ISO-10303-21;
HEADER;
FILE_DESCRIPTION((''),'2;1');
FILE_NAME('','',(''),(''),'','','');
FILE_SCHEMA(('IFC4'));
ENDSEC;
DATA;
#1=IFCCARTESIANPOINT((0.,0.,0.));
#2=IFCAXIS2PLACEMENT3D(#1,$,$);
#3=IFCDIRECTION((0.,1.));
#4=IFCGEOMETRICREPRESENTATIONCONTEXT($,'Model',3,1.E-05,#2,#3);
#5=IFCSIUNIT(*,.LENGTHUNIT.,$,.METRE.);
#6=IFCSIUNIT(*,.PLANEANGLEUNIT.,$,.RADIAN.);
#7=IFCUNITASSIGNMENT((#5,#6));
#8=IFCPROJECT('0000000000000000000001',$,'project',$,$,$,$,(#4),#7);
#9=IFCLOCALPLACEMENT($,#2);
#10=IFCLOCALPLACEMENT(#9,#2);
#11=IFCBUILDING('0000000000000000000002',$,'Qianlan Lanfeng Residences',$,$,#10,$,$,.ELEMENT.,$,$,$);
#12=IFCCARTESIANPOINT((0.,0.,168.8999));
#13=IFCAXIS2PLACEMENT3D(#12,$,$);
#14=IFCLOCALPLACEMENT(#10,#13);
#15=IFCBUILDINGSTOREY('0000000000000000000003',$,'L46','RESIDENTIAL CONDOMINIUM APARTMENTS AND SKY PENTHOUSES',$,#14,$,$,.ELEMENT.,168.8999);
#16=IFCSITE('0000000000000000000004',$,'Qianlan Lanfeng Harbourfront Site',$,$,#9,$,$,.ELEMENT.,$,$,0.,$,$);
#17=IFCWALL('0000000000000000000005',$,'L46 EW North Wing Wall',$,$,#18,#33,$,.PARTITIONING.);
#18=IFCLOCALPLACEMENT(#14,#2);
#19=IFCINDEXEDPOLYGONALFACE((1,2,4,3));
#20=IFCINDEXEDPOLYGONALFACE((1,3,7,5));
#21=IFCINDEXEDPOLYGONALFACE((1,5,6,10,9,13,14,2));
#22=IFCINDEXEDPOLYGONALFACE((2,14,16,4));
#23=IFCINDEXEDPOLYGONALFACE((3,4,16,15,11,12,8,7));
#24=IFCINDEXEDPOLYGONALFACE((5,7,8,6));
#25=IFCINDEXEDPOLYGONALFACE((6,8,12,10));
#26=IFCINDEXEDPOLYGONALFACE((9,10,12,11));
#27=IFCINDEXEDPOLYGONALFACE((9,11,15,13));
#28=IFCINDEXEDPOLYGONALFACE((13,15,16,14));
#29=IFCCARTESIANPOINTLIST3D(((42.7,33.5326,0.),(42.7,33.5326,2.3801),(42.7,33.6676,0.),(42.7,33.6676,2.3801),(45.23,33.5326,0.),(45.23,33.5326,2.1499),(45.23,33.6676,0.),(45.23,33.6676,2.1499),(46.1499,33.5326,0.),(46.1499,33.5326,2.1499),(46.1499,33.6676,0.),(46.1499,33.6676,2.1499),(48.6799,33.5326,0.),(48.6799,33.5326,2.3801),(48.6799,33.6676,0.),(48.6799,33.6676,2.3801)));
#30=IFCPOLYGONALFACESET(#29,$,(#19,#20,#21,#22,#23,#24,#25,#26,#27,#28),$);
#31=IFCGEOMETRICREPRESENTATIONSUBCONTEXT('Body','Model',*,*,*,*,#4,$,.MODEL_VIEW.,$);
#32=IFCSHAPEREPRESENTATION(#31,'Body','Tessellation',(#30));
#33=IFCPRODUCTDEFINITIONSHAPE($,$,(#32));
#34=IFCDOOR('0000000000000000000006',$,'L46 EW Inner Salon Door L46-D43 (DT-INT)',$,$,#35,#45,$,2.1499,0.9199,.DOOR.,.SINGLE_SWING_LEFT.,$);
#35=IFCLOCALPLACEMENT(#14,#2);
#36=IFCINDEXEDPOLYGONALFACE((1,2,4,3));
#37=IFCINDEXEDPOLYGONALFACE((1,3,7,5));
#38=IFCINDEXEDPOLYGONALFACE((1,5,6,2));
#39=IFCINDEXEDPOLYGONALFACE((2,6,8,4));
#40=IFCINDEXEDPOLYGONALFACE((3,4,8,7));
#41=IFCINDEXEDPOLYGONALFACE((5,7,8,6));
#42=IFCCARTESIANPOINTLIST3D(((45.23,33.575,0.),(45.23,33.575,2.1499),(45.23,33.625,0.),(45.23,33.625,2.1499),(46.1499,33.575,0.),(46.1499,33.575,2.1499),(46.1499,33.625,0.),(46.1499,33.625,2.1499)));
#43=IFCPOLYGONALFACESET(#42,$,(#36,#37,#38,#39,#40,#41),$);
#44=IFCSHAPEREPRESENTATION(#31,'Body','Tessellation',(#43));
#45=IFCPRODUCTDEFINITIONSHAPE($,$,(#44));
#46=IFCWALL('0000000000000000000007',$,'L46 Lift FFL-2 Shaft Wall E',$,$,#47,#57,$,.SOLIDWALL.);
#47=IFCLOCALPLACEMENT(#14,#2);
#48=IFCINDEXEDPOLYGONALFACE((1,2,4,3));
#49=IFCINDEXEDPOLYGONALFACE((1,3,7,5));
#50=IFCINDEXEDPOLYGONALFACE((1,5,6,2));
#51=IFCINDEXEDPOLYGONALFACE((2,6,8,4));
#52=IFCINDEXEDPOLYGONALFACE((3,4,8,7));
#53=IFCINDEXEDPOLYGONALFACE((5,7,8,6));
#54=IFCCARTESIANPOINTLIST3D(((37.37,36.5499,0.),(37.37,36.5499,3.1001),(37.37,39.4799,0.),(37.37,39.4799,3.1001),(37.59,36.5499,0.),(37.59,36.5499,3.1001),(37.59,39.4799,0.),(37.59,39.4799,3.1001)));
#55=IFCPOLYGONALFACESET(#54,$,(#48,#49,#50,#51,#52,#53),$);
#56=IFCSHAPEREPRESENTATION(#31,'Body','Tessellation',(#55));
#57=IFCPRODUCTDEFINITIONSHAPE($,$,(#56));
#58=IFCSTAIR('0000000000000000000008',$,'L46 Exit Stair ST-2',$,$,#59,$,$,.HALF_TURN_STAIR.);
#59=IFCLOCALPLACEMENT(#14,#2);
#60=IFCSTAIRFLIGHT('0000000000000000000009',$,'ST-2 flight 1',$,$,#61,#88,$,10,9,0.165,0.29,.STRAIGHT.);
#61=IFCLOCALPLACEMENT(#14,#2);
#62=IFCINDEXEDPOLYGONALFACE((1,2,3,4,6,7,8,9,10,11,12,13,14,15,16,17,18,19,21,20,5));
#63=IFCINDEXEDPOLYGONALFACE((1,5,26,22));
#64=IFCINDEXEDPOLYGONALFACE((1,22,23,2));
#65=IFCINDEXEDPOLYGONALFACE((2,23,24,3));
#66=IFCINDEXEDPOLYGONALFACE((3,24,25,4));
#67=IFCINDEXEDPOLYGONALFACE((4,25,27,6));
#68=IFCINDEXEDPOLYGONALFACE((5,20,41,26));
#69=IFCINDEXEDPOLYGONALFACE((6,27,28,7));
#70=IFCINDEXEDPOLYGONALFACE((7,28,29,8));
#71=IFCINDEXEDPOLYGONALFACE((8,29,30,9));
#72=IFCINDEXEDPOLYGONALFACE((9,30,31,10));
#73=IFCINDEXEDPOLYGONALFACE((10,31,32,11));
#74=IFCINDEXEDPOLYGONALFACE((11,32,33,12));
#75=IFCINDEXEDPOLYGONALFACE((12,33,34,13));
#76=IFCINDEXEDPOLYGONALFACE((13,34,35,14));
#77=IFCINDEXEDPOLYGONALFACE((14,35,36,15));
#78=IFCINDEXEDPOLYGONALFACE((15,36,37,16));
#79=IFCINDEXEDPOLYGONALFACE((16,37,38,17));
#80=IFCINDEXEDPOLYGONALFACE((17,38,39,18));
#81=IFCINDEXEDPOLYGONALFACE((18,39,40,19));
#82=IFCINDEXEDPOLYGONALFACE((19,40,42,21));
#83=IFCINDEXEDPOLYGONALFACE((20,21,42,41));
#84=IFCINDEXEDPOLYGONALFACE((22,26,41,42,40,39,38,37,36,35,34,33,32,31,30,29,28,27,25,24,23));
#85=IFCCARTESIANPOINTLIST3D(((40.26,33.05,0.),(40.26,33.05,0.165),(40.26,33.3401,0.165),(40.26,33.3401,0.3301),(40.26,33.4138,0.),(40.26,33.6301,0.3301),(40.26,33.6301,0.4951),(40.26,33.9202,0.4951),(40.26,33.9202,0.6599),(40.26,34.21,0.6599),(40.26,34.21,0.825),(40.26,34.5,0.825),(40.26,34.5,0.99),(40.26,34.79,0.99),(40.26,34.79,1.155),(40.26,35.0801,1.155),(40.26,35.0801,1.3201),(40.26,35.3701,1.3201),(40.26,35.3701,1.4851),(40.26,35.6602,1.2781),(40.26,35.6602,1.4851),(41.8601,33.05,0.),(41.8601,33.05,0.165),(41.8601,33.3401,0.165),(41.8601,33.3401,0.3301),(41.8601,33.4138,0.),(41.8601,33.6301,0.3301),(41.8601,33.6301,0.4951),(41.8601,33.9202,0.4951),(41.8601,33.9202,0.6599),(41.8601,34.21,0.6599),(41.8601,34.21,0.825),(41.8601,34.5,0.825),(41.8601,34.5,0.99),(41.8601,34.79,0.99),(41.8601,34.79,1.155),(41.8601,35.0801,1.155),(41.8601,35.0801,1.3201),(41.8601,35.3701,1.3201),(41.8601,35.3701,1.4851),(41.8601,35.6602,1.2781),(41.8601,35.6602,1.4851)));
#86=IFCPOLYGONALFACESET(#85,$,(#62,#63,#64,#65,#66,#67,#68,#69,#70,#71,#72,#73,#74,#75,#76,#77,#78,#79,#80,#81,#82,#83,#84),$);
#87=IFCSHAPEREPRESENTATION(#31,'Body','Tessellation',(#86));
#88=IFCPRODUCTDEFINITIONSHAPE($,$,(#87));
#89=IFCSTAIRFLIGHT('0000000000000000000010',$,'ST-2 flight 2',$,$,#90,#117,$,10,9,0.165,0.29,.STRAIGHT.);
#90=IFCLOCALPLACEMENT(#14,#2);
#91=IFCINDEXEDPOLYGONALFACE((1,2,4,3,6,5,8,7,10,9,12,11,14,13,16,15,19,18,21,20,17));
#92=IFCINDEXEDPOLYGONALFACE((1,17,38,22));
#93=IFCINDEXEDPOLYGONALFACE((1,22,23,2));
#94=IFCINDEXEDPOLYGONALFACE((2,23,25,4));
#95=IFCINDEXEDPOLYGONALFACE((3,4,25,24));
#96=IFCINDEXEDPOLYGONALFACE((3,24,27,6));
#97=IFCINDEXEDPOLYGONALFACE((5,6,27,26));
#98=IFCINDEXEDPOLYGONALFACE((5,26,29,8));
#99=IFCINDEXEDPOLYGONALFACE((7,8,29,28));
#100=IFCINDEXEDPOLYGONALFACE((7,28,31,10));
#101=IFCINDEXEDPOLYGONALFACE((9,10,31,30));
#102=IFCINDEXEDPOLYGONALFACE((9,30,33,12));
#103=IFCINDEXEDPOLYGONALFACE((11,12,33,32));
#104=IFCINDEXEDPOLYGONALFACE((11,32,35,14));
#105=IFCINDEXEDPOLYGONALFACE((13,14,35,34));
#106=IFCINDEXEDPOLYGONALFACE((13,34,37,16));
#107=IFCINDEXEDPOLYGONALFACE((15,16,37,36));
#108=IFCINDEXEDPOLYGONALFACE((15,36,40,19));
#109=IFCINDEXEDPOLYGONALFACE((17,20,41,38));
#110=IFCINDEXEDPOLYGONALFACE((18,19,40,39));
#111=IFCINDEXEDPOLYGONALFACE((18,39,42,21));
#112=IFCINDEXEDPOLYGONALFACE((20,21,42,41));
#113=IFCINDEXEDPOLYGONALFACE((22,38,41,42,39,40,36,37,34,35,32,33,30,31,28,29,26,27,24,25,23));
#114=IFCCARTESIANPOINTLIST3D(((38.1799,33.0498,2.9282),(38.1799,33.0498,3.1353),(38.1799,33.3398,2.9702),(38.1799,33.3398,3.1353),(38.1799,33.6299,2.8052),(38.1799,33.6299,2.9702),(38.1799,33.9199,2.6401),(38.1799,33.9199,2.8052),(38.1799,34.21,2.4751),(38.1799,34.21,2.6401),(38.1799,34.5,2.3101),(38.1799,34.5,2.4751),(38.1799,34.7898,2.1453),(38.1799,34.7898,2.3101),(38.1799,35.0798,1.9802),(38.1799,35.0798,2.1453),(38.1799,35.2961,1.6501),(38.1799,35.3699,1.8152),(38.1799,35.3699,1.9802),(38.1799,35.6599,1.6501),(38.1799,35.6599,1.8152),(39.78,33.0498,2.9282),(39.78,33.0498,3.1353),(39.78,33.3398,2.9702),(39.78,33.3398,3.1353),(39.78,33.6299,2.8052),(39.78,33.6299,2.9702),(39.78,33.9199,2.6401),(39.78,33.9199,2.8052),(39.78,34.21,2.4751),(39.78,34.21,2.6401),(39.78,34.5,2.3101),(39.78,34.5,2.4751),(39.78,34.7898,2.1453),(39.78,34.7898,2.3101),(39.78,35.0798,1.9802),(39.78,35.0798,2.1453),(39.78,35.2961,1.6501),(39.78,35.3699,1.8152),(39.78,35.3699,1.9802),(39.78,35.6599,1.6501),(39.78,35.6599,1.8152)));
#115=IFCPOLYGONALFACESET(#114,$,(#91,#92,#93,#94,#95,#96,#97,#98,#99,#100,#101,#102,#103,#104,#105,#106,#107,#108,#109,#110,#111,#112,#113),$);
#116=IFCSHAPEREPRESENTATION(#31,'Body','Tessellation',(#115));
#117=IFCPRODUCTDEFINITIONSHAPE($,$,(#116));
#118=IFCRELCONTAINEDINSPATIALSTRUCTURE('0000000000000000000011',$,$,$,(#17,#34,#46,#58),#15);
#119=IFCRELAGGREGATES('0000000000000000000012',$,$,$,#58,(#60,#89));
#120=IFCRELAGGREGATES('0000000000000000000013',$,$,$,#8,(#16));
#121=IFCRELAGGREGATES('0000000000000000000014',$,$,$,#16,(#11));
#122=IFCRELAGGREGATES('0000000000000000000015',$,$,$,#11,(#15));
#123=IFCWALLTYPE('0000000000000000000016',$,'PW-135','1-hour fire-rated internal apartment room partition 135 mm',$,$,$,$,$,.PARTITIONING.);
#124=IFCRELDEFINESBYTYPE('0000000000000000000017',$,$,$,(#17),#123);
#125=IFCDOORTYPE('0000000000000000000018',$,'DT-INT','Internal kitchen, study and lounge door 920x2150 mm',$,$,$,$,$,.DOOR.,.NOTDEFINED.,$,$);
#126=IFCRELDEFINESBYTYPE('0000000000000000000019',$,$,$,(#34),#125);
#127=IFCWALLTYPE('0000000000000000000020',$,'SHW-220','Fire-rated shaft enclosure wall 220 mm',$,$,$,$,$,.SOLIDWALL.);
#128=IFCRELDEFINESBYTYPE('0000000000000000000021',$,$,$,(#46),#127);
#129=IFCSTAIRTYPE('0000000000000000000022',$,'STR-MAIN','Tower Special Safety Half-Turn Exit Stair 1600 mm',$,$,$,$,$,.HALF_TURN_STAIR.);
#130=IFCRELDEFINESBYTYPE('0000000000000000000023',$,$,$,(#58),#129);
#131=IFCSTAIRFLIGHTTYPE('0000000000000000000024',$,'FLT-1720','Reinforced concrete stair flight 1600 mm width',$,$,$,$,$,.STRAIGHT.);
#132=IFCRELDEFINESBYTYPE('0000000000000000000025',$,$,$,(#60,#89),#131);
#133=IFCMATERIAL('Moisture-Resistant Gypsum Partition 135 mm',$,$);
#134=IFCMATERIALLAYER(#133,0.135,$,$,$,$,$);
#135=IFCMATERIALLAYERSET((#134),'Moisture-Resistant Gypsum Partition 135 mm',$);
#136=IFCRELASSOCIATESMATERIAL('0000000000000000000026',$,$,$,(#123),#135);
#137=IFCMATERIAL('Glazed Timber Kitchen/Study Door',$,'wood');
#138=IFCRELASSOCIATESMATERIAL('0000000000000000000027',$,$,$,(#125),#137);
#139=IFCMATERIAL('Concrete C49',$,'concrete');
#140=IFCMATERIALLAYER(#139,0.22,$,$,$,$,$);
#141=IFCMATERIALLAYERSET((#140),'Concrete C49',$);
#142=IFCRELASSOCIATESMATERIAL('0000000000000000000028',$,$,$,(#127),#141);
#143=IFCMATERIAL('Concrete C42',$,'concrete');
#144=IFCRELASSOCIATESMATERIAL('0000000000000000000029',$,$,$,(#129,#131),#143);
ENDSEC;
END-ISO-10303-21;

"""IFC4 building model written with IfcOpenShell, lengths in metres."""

from ifc_helpers import new_model, si_unit, direction, frame, frame_2d, origin, place, context, subcontext, project, spatial, polyline, rectangle, outline, extrude, material, layer, layer_set, type_object, element, fill, aggregate, save


model = new_model("IFC4")

# Units and contexts
model_context = context("Model", 3, precision=1e-05, world=origin(), true_north=direction((0.0, 1.0)))
body_context = subcontext(model_context, "Body", "Model", "MODEL_VIEW")
ifc_project = project(units=[si_unit("LENGTHUNIT", "METRE"), si_unit("PLANEANGLEUNIT", "RADIAN")], contexts=[model_context])

# Site, building, storey
site_placement = place(None, origin())
site = spatial("IfcSite", under=ifc_project, at=site_placement, Name="Qianlan Lanfeng Harbourfront Site", CompositionType="ELEMENT", RefElevation=0.0)
building_placement = place(site_placement, origin())
building = spatial("IfcBuilding", under=site, at=building_placement, Name="Qianlan Lanfeng Residences", CompositionType="ELEMENT")
storey_placement = place(building_placement, frame((0.0, 0.0, 168.8999)))
storey = spatial("IfcBuildingStorey", under=building, at=storey_placement, Name="L46", Description="RESIDENTIAL CONDOMINIUM APARTMENTS AND SKY PENTHOUSES", CompositionType="ELEMENT", Elevation=168.8999)

# Shared definitions
ifc_material_1 = material(Name="Concrete C42", Category="concrete")

# Wall, opening, door
ifc_material_2 = material(Name="Moisture-Resistant Gypsum Partition 135 mm")
ifc_layer_1 = layer(ifc_material_2, 0.135)
ifc_layer_set_1 = layer_set([ifc_layer_1], Name="Moisture-Resistant Gypsum Partition 135 mm")
wall_type_1 = type_object("IfcWallType", Name="PW-135", Description="1-hour fire-rated internal apartment room partition 135 mm", PredefinedType="PARTITIONING", material=ifc_layer_set_1)
wall_1_placement = place(storey_placement, frame((42.7, 33.6001, 0.0), z_axis=(0.0, 0.0, 1.0), x_axis=(1.0, 0.0, 0.0)))
wall_1 = element("IfcWall", 1, at=wall_1_placement, inside=storey, type_object=wall_type_1, Name="L46 EW North Wing Wall", PredefinedType="PARTITIONING", context=body_context, shape_type="SweptSolid", body=[
    extrude(rectangle(XDim=5.98, YDim=0.135, at=frame_2d((2.99, 0.0))), origin(), (0.0, 0.0, 1.0), 2.3801),
])
opening_1_placement = place(wall_1_placement, frame((2.53, 0.0, 0.0)))
opening_1 = element("IfcOpeningElement", 2, at=opening_1_placement, cuts=wall_1, PredefinedType="OPENING", context=body_context, shape_type="SweptSolid", body=[
    extrude(rectangle(XDim=0.9199, YDim=2.1499, at=frame_2d((0.46, 1.075))), frame((0.0, 0.0776, 0.0), z_axis=(0.0, -1.0, 0.0), x_axis=(1.0, 0.0, 0.0)), (0.0, 0.0, 1.0), 0.155),
])
ifc_material_3 = material(Name="Glazed Timber Kitchen/Study Door", Category="wood")
door_type_1 = type_object("IfcDoorType", Name="DT-INT", Description="Internal kitchen, study and lounge door 920x2150 mm", OperationType="NOTDEFINED", PredefinedType="DOOR", material=ifc_material_3)
door_1_placement = place(opening_1_placement, origin())
door_1 = element("IfcDoor", 3, at=door_1_placement, inside=storey, type_object=door_type_1, Name="L46 EW Inner Salon Door L46-D43 (DT-INT)", OperationType="SINGLE_SWING_LEFT", OverallHeight=2.1499, OverallWidth=0.9199, PredefinedType="DOOR", context=body_context, shape_type="SweptSolid", body=[
    extrude(rectangle(XDim=0.9199, YDim=2.1499, at=frame_2d((0.46, 1.075))), frame((0.0, 0.0249, 0.0), z_axis=(0.0, -1.0, 0.0), x_axis=(1.0, 0.0, 0.0)), (0.0, 0.0, 1.0), 0.05),
])
fill(opening_1, door_1)

# Wall
ifc_material_4 = material(Name="Concrete C49", Category="concrete")
ifc_layer_2 = layer(ifc_material_4, 0.22)
ifc_layer_set_2 = layer_set([ifc_layer_2], Name="Concrete C49")
wall_type_2 = type_object("IfcWallType", Name="SHW-220", Description="Fire-rated shaft enclosure wall 220 mm", PredefinedType="SOLIDWALL", material=ifc_layer_set_2)
wall_2_placement = place(storey_placement, frame((37.48, 36.55, 0.0), z_axis=(0.0, 0.0, 1.0), x_axis=(0.0, 1.0, 0.0)))
element("IfcWall", 4, at=wall_2_placement, inside=storey, type_object=wall_type_2, Name="L46 Lift FFL-2 Shaft Wall E", PredefinedType="SOLIDWALL", context=body_context, shape_type="SweptSolid", body=[
    extrude(rectangle(XDim=2.9299, YDim=0.22, at=frame_2d((1.4648, 0.0))), origin(), (0.0, 0.0, 1.0), 3.1001),
])

# Stair, stair flights
stair_type = type_object("IfcStairType", Name="STR-MAIN", Description="Tower Special Safety Half-Turn Exit Stair 1600 mm", PredefinedType="HALF_TURN_STAIR", material=ifc_material_1)
stair_placement = place(storey_placement, origin())
stair = element("IfcStair", 5, at=stair_placement, inside=storey, type_object=stair_type, Name="L46 Exit Stair ST-2", PredefinedType="HALF_TURN_STAIR")
stair_flight_type = type_object("IfcStairFlightType", Name="FLT-1720", Description="Reinforced concrete stair flight 1600 mm width", PredefinedType="STRAIGHT", material=ifc_material_1)
stair_flight_1_placement = place(storey_placement, frame((41.0601, 33.05, 0.0), z_axis=(0.0, 0.0, 1.0), x_axis=(0.0, 1.0, 0.0)))
stair_flight_1 = element("IfcStairFlight", 6, at=stair_flight_1_placement, type_object=stair_flight_type, Name="ST-2 flight 1", NumberOfRisers=10, NumberOfTreads=9, PredefinedType="STRAIGHT", RiserHeight=0.165, TreadLength=0.29, context=body_context, shape_type="SweptSolid", body=[
    extrude(outline(polyline([(0.0, 0.0), (0.0, 0.165), (0.29, 0.165), (0.29, 0.3301), (0.5801, 0.3301), (0.5801, 0.4951), (0.8701, 0.4951), (0.8701, 0.6599), (1.1599, 0.6599), (1.1599, 0.825), (1.45, 0.825), (1.45, 0.99), (1.74, 0.99), (1.74, 1.155), (2.03, 1.155), (2.03, 1.3201), (2.3201, 1.3201), (2.3201, 1.4851), (2.6101, 1.4851), (2.6101, 1.6499), (2.6101, 1.2781), (0.3638, 0.0), (0.0, 0.0)])), frame((0.0, 0.8, 0.0), z_axis=(0.0, -1.0, 0.0), x_axis=(1.0, 0.0, 0.0)), (0.0, 0.0, 1.0), 1.6001),
])
stair_flight_2_placement = place(storey_placement, frame((38.98, 35.6599, 1.6501), z_axis=(0.0, 0.0, 1.0), x_axis=(0.0, -1.0, 0.0)))
stair_flight_2 = element("IfcStairFlight", 7, at=stair_flight_2_placement, type_object=stair_flight_type, Name="ST-2 flight 2", NumberOfRisers=10, NumberOfTreads=9, PredefinedType="STRAIGHT", RiserHeight=0.165, TreadLength=0.29, context=body_context, shape_type="SweptSolid", body=[
    extrude(outline(polyline([(0.0, 0.0), (0.0, 0.165), (0.29, 0.165), (0.29, 0.3301), (0.5801, 0.3301), (0.5801, 0.4951), (0.8701, 0.4951), (0.8701, 0.6599), (1.1599, 0.6599), (1.1599, 0.825), (1.45, 0.825), (1.45, 0.99), (1.74, 0.99), (1.74, 1.155), (2.03, 1.155), (2.03, 1.3201), (2.3201, 1.3201), (2.3201, 1.4851), (2.6101, 1.4851), (2.6101, 1.6499), (2.6101, 1.2781), (0.3638, 0.0), (0.0, 0.0)])), frame((0.0, 0.8, 0.0), z_axis=(0.0, -1.0, 0.0), x_axis=(1.0, 0.0, 0.0)), (0.0, 0.0, 1.0), 1.6001),
])
aggregate(stair, [stair_flight_1, stair_flight_2])

save(model, "model.ifc")
